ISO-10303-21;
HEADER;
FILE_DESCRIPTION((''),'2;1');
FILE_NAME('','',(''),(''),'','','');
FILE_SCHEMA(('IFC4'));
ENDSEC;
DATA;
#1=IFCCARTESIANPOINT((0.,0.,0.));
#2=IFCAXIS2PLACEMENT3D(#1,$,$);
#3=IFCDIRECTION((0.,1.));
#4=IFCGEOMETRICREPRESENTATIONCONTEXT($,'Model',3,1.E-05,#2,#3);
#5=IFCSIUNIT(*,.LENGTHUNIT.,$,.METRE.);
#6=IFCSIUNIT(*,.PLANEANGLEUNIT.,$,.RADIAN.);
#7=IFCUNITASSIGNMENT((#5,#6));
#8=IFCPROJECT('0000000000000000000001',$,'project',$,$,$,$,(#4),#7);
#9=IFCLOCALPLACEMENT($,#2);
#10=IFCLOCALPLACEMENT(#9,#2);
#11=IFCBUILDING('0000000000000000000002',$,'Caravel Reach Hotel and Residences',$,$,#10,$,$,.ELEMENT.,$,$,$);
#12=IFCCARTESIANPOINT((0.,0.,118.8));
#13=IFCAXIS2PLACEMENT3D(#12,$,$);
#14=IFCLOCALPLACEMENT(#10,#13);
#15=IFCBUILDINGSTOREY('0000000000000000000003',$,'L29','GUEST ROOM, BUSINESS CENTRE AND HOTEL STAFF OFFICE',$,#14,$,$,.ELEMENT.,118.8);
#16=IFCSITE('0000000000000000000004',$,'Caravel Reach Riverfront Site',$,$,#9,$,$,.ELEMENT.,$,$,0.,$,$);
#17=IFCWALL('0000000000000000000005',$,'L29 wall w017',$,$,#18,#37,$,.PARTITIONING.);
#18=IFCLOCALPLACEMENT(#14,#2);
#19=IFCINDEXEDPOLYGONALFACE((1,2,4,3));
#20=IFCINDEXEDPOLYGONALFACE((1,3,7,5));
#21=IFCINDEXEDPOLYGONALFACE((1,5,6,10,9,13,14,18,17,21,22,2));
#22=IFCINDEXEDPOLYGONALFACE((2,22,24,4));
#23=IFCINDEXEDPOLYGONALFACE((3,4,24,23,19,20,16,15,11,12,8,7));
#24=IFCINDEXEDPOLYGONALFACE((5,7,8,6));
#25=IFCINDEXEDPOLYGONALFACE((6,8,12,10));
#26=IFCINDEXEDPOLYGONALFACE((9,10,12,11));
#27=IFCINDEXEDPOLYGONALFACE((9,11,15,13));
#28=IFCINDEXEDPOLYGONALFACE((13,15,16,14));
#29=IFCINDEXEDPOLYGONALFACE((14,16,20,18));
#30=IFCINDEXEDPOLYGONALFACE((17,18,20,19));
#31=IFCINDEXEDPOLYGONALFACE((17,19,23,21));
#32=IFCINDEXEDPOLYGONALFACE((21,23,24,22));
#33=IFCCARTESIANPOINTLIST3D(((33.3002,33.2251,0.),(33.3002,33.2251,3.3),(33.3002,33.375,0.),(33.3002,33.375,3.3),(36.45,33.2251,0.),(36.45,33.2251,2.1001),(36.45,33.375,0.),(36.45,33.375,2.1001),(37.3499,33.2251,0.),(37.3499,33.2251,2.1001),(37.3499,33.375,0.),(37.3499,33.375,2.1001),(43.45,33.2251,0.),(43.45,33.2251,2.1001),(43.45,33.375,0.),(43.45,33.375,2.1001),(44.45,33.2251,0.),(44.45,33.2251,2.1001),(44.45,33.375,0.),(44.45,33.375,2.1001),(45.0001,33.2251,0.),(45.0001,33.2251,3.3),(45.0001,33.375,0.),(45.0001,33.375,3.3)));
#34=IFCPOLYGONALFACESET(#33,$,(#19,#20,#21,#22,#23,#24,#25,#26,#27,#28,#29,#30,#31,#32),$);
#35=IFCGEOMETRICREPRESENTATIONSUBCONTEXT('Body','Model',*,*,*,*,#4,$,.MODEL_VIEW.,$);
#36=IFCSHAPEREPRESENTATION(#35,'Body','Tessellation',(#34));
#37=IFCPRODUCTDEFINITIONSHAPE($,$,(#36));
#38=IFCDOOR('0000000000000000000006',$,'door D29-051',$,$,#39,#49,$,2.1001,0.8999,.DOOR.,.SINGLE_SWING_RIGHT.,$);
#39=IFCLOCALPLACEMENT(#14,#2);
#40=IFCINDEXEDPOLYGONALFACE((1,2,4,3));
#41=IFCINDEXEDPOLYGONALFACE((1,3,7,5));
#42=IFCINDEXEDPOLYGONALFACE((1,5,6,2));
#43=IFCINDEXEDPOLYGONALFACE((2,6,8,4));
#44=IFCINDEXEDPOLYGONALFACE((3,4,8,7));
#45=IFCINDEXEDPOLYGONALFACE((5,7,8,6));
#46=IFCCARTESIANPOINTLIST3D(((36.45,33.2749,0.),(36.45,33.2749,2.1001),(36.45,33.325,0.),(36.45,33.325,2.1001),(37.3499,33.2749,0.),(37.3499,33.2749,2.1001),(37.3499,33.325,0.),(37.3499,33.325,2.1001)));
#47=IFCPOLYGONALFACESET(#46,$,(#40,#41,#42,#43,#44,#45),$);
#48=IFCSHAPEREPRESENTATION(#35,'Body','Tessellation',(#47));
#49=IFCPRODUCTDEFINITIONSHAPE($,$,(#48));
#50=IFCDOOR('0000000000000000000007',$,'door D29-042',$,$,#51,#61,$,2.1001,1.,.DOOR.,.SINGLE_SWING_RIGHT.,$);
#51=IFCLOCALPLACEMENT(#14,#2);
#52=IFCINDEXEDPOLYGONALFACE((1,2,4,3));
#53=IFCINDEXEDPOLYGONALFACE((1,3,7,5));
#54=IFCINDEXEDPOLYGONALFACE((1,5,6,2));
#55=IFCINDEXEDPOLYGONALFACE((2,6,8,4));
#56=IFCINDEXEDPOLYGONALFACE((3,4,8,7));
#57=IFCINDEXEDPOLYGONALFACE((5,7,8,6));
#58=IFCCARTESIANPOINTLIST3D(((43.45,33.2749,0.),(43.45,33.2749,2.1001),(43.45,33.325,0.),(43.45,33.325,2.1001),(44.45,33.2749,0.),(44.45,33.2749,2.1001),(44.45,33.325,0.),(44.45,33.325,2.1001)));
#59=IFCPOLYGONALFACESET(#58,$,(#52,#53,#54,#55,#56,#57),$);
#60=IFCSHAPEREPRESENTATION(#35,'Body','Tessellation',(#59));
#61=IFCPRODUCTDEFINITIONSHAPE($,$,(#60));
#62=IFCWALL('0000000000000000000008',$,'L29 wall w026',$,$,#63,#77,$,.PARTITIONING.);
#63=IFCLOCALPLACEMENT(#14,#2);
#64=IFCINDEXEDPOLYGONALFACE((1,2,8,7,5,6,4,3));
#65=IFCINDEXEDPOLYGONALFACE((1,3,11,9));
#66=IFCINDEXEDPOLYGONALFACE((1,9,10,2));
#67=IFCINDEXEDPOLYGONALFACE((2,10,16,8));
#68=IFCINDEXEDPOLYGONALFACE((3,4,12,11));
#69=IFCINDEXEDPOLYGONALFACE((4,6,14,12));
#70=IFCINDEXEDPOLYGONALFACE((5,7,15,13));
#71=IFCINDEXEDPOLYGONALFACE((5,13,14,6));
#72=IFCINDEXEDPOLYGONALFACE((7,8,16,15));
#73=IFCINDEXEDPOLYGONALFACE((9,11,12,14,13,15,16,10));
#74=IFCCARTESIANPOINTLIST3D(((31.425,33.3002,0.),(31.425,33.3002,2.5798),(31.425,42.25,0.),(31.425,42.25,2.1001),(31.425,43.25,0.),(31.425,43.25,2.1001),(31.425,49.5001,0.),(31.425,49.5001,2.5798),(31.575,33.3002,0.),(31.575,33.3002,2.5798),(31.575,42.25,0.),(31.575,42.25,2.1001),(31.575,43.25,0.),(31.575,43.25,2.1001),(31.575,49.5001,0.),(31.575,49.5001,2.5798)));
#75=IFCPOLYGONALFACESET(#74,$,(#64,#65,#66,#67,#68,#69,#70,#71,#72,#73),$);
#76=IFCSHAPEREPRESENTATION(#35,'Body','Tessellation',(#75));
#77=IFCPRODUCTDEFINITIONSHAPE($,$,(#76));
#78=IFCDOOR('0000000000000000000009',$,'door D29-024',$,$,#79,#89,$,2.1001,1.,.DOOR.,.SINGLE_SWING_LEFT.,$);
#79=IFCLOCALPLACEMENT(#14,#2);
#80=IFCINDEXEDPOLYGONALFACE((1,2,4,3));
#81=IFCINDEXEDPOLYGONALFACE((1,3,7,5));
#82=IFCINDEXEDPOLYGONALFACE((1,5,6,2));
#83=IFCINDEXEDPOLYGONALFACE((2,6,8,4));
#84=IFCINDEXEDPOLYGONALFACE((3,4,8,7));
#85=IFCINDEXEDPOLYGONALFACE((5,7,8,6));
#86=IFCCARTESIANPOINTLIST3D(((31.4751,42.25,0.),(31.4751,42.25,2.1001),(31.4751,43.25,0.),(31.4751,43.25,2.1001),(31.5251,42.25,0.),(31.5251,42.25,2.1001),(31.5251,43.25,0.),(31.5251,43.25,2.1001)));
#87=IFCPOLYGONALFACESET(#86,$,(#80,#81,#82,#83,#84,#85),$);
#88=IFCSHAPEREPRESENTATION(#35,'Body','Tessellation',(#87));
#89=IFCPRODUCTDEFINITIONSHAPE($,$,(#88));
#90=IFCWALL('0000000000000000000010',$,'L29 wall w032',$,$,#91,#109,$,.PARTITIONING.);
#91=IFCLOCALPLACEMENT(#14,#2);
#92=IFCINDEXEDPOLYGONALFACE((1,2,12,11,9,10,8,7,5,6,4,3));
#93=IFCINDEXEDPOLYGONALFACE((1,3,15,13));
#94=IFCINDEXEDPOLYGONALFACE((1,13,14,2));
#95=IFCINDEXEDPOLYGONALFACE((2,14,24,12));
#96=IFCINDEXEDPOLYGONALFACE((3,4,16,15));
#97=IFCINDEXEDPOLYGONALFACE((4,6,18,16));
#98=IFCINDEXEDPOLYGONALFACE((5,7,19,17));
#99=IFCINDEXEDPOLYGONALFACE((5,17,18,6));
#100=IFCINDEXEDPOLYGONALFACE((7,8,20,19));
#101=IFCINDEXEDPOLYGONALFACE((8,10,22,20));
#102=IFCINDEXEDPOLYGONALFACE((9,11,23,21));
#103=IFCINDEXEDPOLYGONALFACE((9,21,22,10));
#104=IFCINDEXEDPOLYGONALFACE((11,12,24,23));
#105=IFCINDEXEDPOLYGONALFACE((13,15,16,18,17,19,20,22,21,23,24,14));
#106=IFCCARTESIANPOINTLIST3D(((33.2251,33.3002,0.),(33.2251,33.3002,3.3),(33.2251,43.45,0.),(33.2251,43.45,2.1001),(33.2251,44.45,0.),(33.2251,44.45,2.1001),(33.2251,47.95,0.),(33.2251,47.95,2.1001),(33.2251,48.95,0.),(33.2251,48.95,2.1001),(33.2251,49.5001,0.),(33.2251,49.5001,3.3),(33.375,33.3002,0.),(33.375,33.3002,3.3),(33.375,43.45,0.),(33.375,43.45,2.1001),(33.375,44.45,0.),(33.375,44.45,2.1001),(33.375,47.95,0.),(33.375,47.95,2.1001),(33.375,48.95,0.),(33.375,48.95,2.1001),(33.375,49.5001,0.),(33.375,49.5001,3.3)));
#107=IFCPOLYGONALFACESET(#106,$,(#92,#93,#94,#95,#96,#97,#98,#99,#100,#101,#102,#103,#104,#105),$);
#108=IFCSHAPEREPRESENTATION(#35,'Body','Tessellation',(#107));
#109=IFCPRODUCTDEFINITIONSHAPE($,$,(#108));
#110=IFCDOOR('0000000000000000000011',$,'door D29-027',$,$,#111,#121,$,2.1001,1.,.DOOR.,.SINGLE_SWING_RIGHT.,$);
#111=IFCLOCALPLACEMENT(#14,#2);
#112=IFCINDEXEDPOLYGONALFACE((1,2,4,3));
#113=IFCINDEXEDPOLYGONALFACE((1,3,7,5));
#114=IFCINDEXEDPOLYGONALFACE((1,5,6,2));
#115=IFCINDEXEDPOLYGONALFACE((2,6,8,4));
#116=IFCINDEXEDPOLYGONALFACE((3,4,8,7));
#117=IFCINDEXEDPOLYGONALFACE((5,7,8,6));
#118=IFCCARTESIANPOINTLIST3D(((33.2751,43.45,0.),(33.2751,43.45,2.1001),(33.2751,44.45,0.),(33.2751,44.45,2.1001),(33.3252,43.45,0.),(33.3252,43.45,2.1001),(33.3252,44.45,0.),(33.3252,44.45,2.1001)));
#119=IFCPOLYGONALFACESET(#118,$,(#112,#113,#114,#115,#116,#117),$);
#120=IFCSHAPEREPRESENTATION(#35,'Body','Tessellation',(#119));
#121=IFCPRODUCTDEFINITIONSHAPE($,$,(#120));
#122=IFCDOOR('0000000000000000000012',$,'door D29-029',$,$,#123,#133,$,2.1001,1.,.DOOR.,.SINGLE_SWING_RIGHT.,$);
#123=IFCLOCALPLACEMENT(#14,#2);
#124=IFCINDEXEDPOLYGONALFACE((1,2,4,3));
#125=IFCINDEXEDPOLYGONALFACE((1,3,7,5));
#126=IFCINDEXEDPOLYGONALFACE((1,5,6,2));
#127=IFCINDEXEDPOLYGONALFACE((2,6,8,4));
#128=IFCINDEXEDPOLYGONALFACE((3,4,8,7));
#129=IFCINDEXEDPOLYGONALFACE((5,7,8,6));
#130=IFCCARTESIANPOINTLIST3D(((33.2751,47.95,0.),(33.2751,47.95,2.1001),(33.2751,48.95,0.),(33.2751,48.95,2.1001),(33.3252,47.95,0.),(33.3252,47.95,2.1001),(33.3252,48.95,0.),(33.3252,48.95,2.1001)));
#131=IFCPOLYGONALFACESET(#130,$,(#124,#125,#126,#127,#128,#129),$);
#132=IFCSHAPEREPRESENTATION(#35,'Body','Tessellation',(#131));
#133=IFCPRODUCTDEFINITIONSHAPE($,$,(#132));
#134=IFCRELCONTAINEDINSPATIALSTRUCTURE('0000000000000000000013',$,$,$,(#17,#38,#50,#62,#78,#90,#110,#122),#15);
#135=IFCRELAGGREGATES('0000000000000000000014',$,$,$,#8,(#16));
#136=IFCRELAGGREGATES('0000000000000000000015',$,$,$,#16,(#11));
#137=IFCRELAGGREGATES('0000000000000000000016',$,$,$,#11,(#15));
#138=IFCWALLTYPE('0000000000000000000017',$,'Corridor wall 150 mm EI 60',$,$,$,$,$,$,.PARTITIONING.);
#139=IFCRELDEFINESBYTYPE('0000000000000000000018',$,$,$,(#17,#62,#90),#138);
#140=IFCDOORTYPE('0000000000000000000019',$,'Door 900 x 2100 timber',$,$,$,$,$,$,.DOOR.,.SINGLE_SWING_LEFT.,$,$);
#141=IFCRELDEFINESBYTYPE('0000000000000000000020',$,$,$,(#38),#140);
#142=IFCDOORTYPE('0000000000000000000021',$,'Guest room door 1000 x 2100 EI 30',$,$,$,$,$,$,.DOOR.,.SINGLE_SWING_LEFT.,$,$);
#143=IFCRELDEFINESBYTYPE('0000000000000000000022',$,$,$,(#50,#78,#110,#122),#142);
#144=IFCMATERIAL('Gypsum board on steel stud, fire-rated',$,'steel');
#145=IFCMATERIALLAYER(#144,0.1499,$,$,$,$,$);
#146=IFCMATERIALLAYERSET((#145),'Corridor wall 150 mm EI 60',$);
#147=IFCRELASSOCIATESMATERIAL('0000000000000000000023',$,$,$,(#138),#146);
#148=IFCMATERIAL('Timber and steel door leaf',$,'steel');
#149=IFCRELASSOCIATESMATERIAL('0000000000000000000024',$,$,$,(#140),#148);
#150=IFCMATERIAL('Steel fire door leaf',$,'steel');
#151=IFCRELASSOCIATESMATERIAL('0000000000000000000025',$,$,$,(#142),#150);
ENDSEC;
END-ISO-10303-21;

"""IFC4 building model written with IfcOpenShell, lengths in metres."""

from ifc_helpers import new_model, si_unit, direction, frame, frame_2d, origin, place, context, subcontext, project, spatial, rectangle, extrude, material, layer, layer_set, type_object, element, fill, save


model = new_model("IFC4")

# Units and contexts
model_context = context("Model", 3, precision=1e-05, world=origin(), true_north=direction((0.0, 1.0)))
body_context = subcontext(model_context, "Body", "Model", "MODEL_VIEW")
ifc_project = project(units=[si_unit("LENGTHUNIT", "METRE"), si_unit("PLANEANGLEUNIT", "RADIAN")], contexts=[model_context])

# Site, building, storey
site_placement = place(None, origin())
site = spatial("IfcSite", under=ifc_project, at=site_placement, Name="Caravel Reach Riverfront Site", CompositionType="ELEMENT", RefElevation=0.0)
building_placement = place(site_placement, origin())
building = spatial("IfcBuilding", under=site, at=building_placement, Name="Caravel Reach Hotel and Residences", CompositionType="ELEMENT")
storey_placement = place(building_placement, frame((0.0, 0.0, 118.8)))
storey = spatial("IfcBuildingStorey", under=building, at=storey_placement, Name="L29", Description="GUEST ROOM, BUSINESS CENTRE AND HOTEL STAFF OFFICE", CompositionType="ELEMENT", Elevation=118.8)

# Wall, openings, doors
ifc_material_1 = material(Name="Gypsum board on steel stud, fire-rated", Category="steel")
ifc_layer_1 = layer(ifc_material_1, 0.1499)
ifc_layer_set_1 = layer_set([ifc_layer_1], Name="Corridor wall 150 mm EI 60")
wall_type_1 = type_object("IfcWallType", Name="Corridor wall 150 mm EI 60", PredefinedType="PARTITIONING", material=ifc_layer_set_1)
wall_1_placement = place(storey_placement, frame((33.3, 33.3, 0.0), z_axis=(0.0, 0.0, 1.0), x_axis=(1.0, 0.0, 0.0)))
wall_1 = element("IfcWall", 1, at=wall_1_placement, inside=storey, type_object=wall_type_1, Name="L29 wall w017", PredefinedType="PARTITIONING", context=body_context, shape_type="SweptSolid", body=[
    extrude(rectangle(XDim=11.7, YDim=0.1499, at=frame_2d((5.8501, 0.0))), origin(), (0.0, 0.0, 1.0), 3.3),
])
opening_1_placement = place(wall_1_placement, frame((10.1499, 0.0, 0.0)))
opening_1 = element("IfcOpeningElement", 2, at=opening_1_placement, cuts=wall_1, PredefinedType="OPENING", context=body_context, shape_type="SweptSolid", body=[
    extrude(rectangle(XDim=1.0, YDim=2.1001, at=frame_2d((0.5, 1.05))), frame((0.0, 0.085, 0.0), z_axis=(0.0, -1.0, 0.0), x_axis=(1.0, 0.0, 0.0)), (0.0, 0.0, 1.0), 0.1699),
])
opening_2_placement = place(wall_1_placement, frame((3.1499, 0.0, 0.0)))
opening_2 = element("IfcOpeningElement", 3, at=opening_2_placement, cuts=wall_1, PredefinedType="OPENING", context=body_context, shape_type="SweptSolid", body=[
    extrude(rectangle(XDim=0.8999, YDim=2.1001, at=frame_2d((0.45, 1.05))), frame((0.0, 0.085, 0.0), z_axis=(0.0, -1.0, 0.0), x_axis=(1.0, 0.0, 0.0)), (0.0, 0.0, 1.0), 0.1699),
])
ifc_material_2 = material(Name="Timber and steel door leaf", Category="steel")
door_type_1 = type_object("IfcDoorType", Name="Door 900 x 2100 timber", OperationType="SINGLE_SWING_LEFT", PredefinedType="DOOR", material=ifc_material_2)
door_1_placement = place(opening_2_placement, origin())
door_1 = element("IfcDoor", 4, at=door_1_placement, inside=storey, type_object=door_type_1, Name="door D29-051", OperationType="SINGLE_SWING_RIGHT", OverallHeight=2.1001, OverallWidth=0.8999, PredefinedType="DOOR", context=body_context, shape_type="SweptSolid", body=[
    extrude(rectangle(XDim=0.8999, YDim=2.1001, at=frame_2d((0.45, 1.05))), frame((0.0, 0.0249, 0.0), z_axis=(0.0, -1.0, 0.0), x_axis=(1.0, 0.0, 0.0)), (0.0, 0.0, 1.0), 0.05),
])
fill(opening_2, door_1)
ifc_material_3 = material(Name="Steel fire door leaf", Category="steel")
door_type_2 = type_object("IfcDoorType", Name="Guest room door 1000 x 2100 EI 30", OperationType="SINGLE_SWING_LEFT", PredefinedType="DOOR", material=ifc_material_3)
door_2_placement = place(opening_1_placement, origin())
door_2 = element("IfcDoor", 5, at=door_2_placement, inside=storey, type_object=door_type_2, Name="door D29-042", OperationType="SINGLE_SWING_RIGHT", OverallHeight=2.1001, OverallWidth=1.0, PredefinedType="DOOR", context=body_context, shape_type="SweptSolid", body=[
    extrude(rectangle(XDim=1.0, YDim=2.1001, at=frame_2d((0.5, 1.05))), frame((0.0, 0.0249, 0.0), z_axis=(0.0, -1.0, 0.0), x_axis=(1.0, 0.0, 0.0)), (0.0, 0.0, 1.0), 0.05),
])
fill(opening_1, door_2)

# Wall, opening, door
wall_2_placement = place(storey_placement, frame((31.5, 33.3, 0.0), z_axis=(0.0, 0.0, 1.0), x_axis=(0.0, 1.0, 0.0)))
wall_2 = element("IfcWall", 6, at=wall_2_placement, inside=storey, type_object=wall_type_1, Name="L29 wall w026", PredefinedType="PARTITIONING", context=body_context, shape_type="SweptSolid", body=[
    extrude(rectangle(XDim=16.2, YDim=0.1499, at=frame_2d((8.1001, 0.0))), origin(), (0.0, 0.0, 1.0), 2.5798),
])
opening_3_placement = place(wall_2_placement, frame((8.95, 0.0, 0.0)))
opening_3 = element("IfcOpeningElement", 7, at=opening_3_placement, cuts=wall_2, PredefinedType="OPENING", context=body_context, shape_type="SweptSolid", body=[
    extrude(rectangle(XDim=1.0, YDim=2.1001, at=frame_2d((0.5, 1.05))), frame((0.0, 0.085, 0.0), z_axis=(0.0, -1.0, 0.0), x_axis=(1.0, 0.0, 0.0)), (0.0, 0.0, 1.0), 0.1699),
])
door_3_placement = place(opening_3_placement, origin())
door_3 = element("IfcDoor", 8, at=door_3_placement, inside=storey, type_object=door_type_2, Name="door D29-024", OperationType="SINGLE_SWING_LEFT", OverallHeight=2.1001, OverallWidth=1.0, PredefinedType="DOOR", context=body_context, shape_type="SweptSolid", body=[
    extrude(rectangle(XDim=1.0, YDim=2.1001, at=frame_2d((0.5, 1.05))), frame((0.0, 0.0249, 0.0), z_axis=(0.0, -1.0, 0.0), x_axis=(1.0, 0.0, 0.0)), (0.0, 0.0, 1.0), 0.05),
])
fill(opening_3, door_3)

# Wall, openings, doors
wall_3_placement = place(storey_placement, frame((33.3, 33.3, 0.0), z_axis=(0.0, 0.0, 1.0), x_axis=(0.0, 1.0, 0.0)))
wall_3 = element("IfcWall", 9, at=wall_3_placement, inside=storey, type_object=wall_type_1, Name="L29 wall w032", PredefinedType="PARTITIONING", context=body_context, shape_type="SweptSolid", body=[
    extrude(rectangle(XDim=16.2, YDim=0.1499, at=frame_2d((8.1001, 0.0))), origin(), (0.0, 0.0, 1.0), 3.3),
])
opening_4_placement = place(wall_3_placement, frame((10.1499, 0.0, 0.0)))
opening_4 = element("IfcOpeningElement", 10, at=opening_4_placement, cuts=wall_3, PredefinedType="OPENING", context=body_context, shape_type="SweptSolid", body=[
    extrude(rectangle(XDim=1.0, YDim=2.1001, at=frame_2d((0.5, 1.05))), frame((0.0, 0.085, 0.0), z_axis=(0.0, -1.0, 0.0), x_axis=(1.0, 0.0, 0.0)), (0.0, 0.0, 1.0), 0.1699),
])
opening_5_placement = place(wall_3_placement, frame((14.6499, 0.0, 0.0)))
opening_5 = element("IfcOpeningElement", 11, at=opening_5_placement, cuts=wall_3, PredefinedType="OPENING", context=body_context, shape_type="SweptSolid", body=[
    extrude(rectangle(XDim=1.0, YDim=2.1001, at=frame_2d((0.5, 1.05))), frame((0.0, 0.085, 0.0), z_axis=(0.0, -1.0, 0.0), x_axis=(1.0, 0.0, 0.0)), (0.0, 0.0, 1.0), 0.1699),
])
door_4_placement = place(opening_4_placement, origin())
door_4 = element("IfcDoor", 12, at=door_4_placement, inside=storey, type_object=door_type_2, Name="door D29-027", OperationType="SINGLE_SWING_RIGHT", OverallHeight=2.1001, OverallWidth=1.0, PredefinedType="DOOR", context=body_context, shape_type="SweptSolid", body=[
    extrude(rectangle(XDim=1.0, YDim=2.1001, at=frame_2d((0.5, 1.05))), frame((0.0, 0.0249, 0.0), z_axis=(0.0, -1.0, 0.0), x_axis=(1.0, 0.0, 0.0)), (0.0, 0.0, 1.0), 0.05),
])
fill(opening_4, door_4)
door_5_placement = place(opening_5_placement, origin())
door_5 = element("IfcDoor", 13, at=door_5_placement, inside=storey, type_object=door_type_2, Name="door D29-029", OperationType="SINGLE_SWING_RIGHT", OverallHeight=2.1001, OverallWidth=1.0, PredefinedType="DOOR", context=body_context, shape_type="SweptSolid", body=[
    extrude(rectangle(XDim=1.0, YDim=2.1001, at=frame_2d((0.5, 1.05))), frame((0.0, 0.0249, 0.0), z_axis=(0.0, -1.0, 0.0), x_axis=(1.0, 0.0, 0.0)), (0.0, 0.0, 1.0), 0.05),
])
fill(opening_5, door_5)

save(model, "model.ifc")
